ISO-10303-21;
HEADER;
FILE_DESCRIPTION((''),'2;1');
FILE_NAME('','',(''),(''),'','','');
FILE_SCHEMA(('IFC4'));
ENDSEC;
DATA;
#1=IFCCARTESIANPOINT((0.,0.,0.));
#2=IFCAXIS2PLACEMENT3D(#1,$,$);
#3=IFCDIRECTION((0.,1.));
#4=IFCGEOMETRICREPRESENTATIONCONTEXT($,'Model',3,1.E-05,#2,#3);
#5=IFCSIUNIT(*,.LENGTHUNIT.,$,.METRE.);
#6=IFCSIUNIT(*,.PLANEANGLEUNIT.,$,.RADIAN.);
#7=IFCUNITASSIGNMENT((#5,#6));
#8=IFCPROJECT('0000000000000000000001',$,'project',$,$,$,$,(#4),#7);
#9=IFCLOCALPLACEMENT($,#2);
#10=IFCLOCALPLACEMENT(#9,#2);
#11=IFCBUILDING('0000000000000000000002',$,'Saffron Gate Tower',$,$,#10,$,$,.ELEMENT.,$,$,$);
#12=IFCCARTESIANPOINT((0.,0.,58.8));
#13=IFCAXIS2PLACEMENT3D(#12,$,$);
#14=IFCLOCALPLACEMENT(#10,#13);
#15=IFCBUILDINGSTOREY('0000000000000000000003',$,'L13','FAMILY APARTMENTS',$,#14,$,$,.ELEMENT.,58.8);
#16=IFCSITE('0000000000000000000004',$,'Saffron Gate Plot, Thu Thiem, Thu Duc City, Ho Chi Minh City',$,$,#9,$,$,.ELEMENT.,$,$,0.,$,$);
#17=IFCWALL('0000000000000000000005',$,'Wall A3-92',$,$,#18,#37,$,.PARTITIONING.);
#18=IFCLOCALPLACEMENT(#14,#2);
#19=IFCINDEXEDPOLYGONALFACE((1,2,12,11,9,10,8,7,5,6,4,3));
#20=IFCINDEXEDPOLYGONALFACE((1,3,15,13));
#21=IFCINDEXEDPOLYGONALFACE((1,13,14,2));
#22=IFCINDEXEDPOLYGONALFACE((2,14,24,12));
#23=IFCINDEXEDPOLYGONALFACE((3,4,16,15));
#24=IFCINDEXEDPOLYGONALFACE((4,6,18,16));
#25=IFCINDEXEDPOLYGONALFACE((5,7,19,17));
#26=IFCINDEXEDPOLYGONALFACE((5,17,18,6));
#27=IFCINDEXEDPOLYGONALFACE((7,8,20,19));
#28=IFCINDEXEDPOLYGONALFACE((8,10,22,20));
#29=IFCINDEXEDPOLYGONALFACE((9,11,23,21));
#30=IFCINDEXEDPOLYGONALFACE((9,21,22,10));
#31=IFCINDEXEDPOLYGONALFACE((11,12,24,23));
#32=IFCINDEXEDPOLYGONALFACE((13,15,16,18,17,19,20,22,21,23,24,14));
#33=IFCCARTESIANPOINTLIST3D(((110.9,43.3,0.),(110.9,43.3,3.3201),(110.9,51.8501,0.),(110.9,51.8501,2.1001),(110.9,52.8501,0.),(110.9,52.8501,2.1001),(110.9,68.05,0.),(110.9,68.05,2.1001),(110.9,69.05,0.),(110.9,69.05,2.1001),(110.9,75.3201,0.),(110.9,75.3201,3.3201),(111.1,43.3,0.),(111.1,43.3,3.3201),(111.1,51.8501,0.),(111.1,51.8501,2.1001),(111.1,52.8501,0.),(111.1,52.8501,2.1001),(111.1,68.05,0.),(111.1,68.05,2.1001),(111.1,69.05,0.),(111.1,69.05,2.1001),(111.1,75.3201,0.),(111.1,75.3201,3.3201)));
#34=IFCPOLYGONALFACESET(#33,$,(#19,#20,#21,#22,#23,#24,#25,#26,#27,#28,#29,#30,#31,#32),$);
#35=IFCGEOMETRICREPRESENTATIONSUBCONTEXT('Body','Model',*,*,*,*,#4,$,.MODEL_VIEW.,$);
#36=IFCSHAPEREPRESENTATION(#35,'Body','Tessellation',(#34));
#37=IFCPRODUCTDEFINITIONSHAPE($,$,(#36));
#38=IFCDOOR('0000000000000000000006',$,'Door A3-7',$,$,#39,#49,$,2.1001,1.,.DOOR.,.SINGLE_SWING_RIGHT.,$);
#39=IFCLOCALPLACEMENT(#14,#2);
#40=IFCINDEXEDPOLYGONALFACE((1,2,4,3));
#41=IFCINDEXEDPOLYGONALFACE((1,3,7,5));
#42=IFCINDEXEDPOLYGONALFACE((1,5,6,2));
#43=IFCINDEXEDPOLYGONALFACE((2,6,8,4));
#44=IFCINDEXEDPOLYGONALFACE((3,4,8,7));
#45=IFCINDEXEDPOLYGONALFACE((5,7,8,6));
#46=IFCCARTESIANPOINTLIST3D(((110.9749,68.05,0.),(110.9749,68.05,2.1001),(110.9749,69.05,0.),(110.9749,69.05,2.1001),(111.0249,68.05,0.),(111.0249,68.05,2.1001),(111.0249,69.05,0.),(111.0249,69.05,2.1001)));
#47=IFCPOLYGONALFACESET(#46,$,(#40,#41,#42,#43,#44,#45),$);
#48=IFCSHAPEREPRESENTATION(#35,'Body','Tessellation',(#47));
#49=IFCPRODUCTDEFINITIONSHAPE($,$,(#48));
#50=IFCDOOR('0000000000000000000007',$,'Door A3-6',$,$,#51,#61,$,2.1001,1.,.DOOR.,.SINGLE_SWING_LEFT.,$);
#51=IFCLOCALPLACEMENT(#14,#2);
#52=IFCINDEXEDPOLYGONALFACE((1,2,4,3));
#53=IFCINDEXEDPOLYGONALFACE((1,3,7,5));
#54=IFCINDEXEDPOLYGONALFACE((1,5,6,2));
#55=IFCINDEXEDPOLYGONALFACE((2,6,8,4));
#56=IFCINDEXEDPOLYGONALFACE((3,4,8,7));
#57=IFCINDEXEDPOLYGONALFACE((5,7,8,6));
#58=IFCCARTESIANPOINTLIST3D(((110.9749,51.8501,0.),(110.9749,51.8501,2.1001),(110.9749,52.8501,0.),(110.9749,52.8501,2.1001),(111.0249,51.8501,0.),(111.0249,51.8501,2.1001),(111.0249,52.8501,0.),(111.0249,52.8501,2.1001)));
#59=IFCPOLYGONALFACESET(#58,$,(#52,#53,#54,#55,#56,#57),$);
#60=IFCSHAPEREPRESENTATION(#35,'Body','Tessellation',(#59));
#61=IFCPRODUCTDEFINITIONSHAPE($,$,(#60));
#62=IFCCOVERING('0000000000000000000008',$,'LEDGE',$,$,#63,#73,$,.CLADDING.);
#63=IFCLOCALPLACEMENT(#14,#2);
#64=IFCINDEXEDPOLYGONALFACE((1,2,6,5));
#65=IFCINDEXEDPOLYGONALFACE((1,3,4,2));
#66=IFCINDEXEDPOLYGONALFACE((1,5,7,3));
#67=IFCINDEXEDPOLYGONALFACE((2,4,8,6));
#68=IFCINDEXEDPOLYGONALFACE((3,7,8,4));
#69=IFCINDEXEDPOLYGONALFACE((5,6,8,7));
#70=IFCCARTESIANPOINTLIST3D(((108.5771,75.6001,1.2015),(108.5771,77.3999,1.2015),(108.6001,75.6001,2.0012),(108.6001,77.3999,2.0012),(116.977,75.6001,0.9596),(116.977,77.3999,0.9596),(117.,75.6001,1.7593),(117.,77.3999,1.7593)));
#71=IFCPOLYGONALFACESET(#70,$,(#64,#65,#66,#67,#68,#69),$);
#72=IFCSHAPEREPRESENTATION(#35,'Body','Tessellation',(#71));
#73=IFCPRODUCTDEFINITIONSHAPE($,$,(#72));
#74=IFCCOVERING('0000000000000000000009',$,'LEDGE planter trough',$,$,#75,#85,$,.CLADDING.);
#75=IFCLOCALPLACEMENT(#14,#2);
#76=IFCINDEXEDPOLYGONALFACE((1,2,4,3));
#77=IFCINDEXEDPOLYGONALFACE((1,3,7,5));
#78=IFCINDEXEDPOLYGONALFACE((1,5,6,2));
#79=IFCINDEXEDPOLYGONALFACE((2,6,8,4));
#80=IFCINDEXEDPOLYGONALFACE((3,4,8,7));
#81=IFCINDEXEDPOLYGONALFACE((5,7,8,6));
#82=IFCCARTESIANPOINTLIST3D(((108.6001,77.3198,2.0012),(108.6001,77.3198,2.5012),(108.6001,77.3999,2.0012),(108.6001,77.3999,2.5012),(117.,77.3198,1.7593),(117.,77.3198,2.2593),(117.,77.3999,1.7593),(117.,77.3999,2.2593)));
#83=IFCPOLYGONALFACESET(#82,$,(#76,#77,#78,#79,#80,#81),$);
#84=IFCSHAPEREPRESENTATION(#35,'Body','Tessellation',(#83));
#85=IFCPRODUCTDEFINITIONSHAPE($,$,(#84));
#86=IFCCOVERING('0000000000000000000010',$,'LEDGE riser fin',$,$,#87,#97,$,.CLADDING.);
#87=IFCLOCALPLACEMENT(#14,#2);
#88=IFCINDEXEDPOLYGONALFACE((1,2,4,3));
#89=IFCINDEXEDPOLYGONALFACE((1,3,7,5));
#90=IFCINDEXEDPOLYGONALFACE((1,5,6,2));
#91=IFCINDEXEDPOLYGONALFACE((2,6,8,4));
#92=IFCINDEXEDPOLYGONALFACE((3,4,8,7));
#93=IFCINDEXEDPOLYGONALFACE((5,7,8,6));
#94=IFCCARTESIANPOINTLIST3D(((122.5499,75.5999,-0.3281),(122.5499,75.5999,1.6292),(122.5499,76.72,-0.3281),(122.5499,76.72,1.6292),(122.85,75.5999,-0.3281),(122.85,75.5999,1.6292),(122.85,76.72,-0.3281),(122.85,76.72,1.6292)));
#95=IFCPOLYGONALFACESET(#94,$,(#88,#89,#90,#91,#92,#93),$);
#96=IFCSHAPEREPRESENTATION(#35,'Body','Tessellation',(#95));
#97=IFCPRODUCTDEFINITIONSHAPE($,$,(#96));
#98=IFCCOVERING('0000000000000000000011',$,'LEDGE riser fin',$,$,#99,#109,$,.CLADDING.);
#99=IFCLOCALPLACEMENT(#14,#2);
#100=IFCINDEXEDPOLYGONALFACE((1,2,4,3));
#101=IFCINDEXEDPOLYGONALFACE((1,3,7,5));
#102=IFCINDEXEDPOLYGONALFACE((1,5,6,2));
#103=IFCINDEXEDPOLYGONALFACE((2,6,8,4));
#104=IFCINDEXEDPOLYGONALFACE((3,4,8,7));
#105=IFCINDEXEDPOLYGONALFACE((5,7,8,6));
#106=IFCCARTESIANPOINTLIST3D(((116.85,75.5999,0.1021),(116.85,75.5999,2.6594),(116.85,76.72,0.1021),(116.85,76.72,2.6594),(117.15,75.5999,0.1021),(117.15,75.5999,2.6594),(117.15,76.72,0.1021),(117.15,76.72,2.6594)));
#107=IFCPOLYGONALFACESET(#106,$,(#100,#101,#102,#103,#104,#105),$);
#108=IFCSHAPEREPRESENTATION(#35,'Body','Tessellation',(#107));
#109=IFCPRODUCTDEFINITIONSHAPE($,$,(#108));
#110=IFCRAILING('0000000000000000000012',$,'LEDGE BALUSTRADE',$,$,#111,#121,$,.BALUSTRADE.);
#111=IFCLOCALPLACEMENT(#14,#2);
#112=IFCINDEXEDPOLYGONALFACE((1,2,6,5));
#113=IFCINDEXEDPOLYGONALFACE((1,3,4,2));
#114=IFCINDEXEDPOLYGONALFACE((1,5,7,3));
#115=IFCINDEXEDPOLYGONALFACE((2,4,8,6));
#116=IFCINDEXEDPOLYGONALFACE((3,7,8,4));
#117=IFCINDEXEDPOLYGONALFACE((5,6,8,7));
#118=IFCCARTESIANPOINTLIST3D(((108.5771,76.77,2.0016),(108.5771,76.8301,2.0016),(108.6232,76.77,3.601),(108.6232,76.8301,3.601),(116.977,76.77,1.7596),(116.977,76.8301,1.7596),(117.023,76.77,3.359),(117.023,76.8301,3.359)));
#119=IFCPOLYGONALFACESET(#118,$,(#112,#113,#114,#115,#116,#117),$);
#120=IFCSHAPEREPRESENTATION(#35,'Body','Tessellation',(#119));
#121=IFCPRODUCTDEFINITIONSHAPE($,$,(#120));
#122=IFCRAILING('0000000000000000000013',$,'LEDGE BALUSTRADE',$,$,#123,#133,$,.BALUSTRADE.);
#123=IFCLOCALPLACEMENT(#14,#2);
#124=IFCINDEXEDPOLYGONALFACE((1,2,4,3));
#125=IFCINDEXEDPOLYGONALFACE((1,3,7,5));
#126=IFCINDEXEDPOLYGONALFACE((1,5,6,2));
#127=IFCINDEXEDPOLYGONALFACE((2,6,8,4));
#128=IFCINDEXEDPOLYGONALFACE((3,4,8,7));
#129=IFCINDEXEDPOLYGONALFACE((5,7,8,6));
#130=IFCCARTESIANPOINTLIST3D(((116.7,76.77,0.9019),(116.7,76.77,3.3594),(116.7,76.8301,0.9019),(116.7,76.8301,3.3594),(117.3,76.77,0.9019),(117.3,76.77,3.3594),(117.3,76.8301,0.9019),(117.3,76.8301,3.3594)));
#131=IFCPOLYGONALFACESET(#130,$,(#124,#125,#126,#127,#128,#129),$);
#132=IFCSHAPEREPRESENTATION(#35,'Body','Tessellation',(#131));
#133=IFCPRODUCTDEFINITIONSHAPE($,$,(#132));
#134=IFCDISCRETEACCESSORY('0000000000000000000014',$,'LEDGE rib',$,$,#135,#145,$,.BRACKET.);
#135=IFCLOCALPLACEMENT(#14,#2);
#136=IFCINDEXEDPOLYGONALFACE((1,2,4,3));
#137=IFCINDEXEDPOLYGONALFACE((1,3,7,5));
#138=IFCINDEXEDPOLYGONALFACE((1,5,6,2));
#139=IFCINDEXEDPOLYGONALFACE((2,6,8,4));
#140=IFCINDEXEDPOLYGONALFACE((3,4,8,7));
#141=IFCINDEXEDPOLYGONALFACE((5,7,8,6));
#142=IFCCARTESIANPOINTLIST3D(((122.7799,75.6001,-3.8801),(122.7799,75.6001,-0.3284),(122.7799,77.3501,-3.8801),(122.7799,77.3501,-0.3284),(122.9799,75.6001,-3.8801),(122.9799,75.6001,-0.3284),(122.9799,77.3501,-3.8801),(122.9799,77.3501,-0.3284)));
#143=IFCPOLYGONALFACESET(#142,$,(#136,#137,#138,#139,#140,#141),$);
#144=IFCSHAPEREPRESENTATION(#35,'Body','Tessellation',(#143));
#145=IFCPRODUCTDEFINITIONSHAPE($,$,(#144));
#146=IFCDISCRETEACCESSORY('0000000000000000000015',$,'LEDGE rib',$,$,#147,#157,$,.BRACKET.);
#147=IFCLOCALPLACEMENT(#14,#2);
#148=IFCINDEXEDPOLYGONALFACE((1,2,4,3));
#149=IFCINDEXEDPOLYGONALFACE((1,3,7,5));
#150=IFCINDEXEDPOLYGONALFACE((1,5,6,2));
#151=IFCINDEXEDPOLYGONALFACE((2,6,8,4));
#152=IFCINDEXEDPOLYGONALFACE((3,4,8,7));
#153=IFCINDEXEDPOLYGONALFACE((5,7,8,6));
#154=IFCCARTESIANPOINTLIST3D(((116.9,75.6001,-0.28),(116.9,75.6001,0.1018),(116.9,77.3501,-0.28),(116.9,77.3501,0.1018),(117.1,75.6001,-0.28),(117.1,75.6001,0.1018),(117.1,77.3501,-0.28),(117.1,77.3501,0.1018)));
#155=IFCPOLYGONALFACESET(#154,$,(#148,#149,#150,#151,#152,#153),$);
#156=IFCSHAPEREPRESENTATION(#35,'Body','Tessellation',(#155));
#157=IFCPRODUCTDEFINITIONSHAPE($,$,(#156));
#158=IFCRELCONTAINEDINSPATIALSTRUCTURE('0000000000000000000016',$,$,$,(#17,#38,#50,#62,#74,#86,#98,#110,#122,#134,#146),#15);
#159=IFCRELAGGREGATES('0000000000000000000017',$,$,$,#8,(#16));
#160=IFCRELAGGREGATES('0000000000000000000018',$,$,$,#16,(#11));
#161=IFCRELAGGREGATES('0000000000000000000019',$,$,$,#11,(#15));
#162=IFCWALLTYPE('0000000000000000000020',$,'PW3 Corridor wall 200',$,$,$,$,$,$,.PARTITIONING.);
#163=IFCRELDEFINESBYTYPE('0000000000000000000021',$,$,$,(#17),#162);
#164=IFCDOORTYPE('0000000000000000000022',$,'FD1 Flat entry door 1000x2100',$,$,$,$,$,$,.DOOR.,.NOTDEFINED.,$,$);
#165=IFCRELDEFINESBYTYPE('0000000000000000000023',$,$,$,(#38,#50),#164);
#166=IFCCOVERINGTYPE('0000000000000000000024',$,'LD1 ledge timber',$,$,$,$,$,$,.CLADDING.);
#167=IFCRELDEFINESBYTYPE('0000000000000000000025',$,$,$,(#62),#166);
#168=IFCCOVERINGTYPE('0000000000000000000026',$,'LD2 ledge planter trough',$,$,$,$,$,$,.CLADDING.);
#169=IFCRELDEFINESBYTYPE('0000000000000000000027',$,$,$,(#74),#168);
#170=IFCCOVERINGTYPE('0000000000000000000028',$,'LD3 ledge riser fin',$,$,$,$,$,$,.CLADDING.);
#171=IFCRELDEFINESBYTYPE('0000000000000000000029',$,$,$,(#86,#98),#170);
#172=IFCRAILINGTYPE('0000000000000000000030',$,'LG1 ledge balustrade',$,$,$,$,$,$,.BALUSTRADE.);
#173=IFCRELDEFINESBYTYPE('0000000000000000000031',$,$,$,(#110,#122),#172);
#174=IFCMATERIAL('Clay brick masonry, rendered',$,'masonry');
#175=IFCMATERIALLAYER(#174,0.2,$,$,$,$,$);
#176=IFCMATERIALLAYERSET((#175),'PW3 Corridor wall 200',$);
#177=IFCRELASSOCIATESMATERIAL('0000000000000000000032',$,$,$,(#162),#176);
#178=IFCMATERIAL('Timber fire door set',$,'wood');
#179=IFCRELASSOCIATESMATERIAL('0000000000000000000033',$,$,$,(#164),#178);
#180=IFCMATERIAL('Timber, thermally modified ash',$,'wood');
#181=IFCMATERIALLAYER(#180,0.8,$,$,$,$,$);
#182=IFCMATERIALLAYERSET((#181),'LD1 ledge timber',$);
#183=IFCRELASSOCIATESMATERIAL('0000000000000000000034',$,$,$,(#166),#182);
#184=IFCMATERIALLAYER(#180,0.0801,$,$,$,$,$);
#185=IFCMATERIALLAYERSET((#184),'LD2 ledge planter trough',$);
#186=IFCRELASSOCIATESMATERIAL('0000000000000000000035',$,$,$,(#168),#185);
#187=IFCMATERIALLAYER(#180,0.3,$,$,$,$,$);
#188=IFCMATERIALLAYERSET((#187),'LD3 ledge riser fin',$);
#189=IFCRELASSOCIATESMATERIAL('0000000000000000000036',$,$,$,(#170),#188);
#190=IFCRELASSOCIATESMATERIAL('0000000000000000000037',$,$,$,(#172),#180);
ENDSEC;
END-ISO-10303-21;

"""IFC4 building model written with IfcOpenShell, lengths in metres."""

from ifc_helpers import new_model, si_unit, direction, frame, frame_2d, origin, origin_2d, place, context, subcontext, project, spatial, polyline, rectangle, outline, extrude, material, layer, layer_set, type_object, element, fill, save


model = new_model("IFC4")

# Units and contexts
model_context = context("Model", 3, precision=1e-05, world=origin(), true_north=direction((0.0, 1.0)))
body_context = subcontext(model_context, "Body", "Model", "MODEL_VIEW")
ifc_project = project(units=[si_unit("LENGTHUNIT", "METRE"), si_unit("PLANEANGLEUNIT", "RADIAN")], contexts=[model_context])

# Site, building, storey
site_placement = place(None, origin())
site = spatial("IfcSite", under=ifc_project, at=site_placement, Name="Saffron Gate Plot, Thu Thiem, Thu Duc City, Ho Chi Minh City", CompositionType="ELEMENT", RefElevation=0.0)
building_placement = place(site_placement, origin())
building = spatial("IfcBuilding", under=site, at=building_placement, Name="Saffron Gate Tower", CompositionType="ELEMENT")
storey_placement = place(building_placement, frame((0.0, 0.0, 58.8)))
storey = spatial("IfcBuildingStorey", under=building, at=storey_placement, Name="L13", Description="FAMILY APARTMENTS", CompositionType="ELEMENT", Elevation=58.8)

# Wall, openings, doors
ifc_material_1 = material(Name="Clay brick masonry, rendered", Category="masonry")
ifc_layer_1 = layer(ifc_material_1, 0.2)
ifc_layer_set_1 = layer_set([ifc_layer_1], Name="PW3 Corridor wall 200")
wall_type_1 = type_object("IfcWallType", Name="PW3 Corridor wall 200", PredefinedType="PARTITIONING", material=ifc_layer_set_1)
wall_1_placement = place(storey_placement, frame((111.0, 75.3201, 0.0), z_axis=(0.0, 0.0, 1.0), x_axis=(0.0, -1.0, 0.0)))
wall_1 = element("IfcWall", 1, at=wall_1_placement, inside=storey, type_object=wall_type_1, Name="Wall A3-92", PredefinedType="PARTITIONING", context=body_context, shape_type="SweptSolid", body=[
    extrude(rectangle(XDim=32.02, YDim=0.2, at=frame_2d((16.01, 0.0))), origin(), (0.0, 0.0, 1.0), 3.3201),
])
opening_1_placement = place(wall_1_placement, frame((6.27, 0.0, 0.0)))
opening_1 = element("IfcOpeningElement", 2, at=opening_1_placement, cuts=wall_1, PredefinedType="OPENING", context=body_context, shape_type="SweptSolid", body=[
    extrude(rectangle(XDim=1.0, YDim=2.1001, at=frame_2d((0.5, 1.05))), frame((0.0, 0.1099, 0.0), z_axis=(0.0, -1.0, 0.0), x_axis=(1.0, 0.0, 0.0)), (0.0, 0.0, 1.0), 0.22),
])
opening_2_placement = place(wall_1_placement, frame((22.47, 0.0, 0.0)))
opening_2 = element("IfcOpeningElement", 3, at=opening_2_placement, cuts=wall_1, PredefinedType="OPENING", context=body_context, shape_type="SweptSolid", body=[
    extrude(rectangle(XDim=1.0, YDim=2.1001, at=frame_2d((0.5, 1.05))), frame((0.0, 0.1099, 0.0), z_axis=(0.0, -1.0, 0.0), x_axis=(1.0, 0.0, 0.0)), (0.0, 0.0, 1.0), 0.22),
])
ifc_material_2 = material(Name="Timber fire door set", Category="wood")
door_type_1 = type_object("IfcDoorType", Name="FD1 Flat entry door 1000x2100", OperationType="NOTDEFINED", PredefinedType="DOOR", material=ifc_material_2)
door_1_placement = place(opening_1_placement, origin())
door_1 = element("IfcDoor", 4, at=door_1_placement, inside=storey, type_object=door_type_1, Name="Door A3-7", OperationType="SINGLE_SWING_RIGHT", OverallHeight=2.1001, OverallWidth=1.0, PredefinedType="DOOR", context=body_context, shape_type="SweptSolid", body=[
    extrude(rectangle(XDim=1.0, YDim=2.1001, at=frame_2d((0.5, 1.05))), frame((0.0, 0.0249, 0.0), z_axis=(0.0, -1.0, 0.0), x_axis=(1.0, 0.0, 0.0)), (0.0, 0.0, 1.0), 0.05),
])
fill(opening_1, door_1)
door_2_placement = place(opening_2_placement, origin())
door_2 = element("IfcDoor", 5, at=door_2_placement, inside=storey, type_object=door_type_1, Name="Door A3-6", OperationType="SINGLE_SWING_LEFT", OverallHeight=2.1001, OverallWidth=1.0, PredefinedType="DOOR", context=body_context, shape_type="SweptSolid", body=[
    extrude(rectangle(XDim=1.0, YDim=2.1001, at=frame_2d((0.5, 1.05))), frame((0.0, 0.0249, 0.0), z_axis=(0.0, -1.0, 0.0), x_axis=(1.0, 0.0, 0.0)), (0.0, 0.0, 1.0), 0.05),
])
fill(opening_2, door_2)

# Coverings
ifc_material_3 = material(Name="Timber, thermally modified ash", Category="wood")
ifc_layer_2 = layer(ifc_material_3, 0.8)
ifc_layer_set_2 = layer_set([ifc_layer_2], Name="LD1 ledge timber")
covering_type_1 = type_object("IfcCoveringType", Name="LD1 ledge timber", PredefinedType="CLADDING", material=ifc_layer_set_2)
covering_1_placement = place(storey_placement, frame((117.0, 75.6001, 1.7593), z_axis=(0.028791, 0.0, 0.999585), x_axis=(-0.999585, 0.0, 0.028791)))
element("IfcCovering", 6, at=covering_1_placement, inside=storey, type_object=covering_type_1, Name="LEDGE", PredefinedType="CLADDING", context=body_context, shape_type="SweptSolid", body=[
    extrude(outline(polyline([(0.0, 0.0), (8.4034, 0.0), (8.4034, -1.7998), (0.0, -1.7998), (0.0, 0.0)])), origin(), (0.0, 0.0, -1.0), 0.8),
])
ifc_layer_3 = layer(ifc_material_3, 0.0801)
ifc_layer_set_3 = layer_set([ifc_layer_3], Name="LD2 ledge planter trough")
covering_type_2 = type_object("IfcCoveringType", Name="LD2 ledge planter trough", PredefinedType="CLADDING", material=ifc_layer_set_3)
covering_2_placement = place(storey_placement, frame((117.0, 77.3999, 1.7593), z_axis=(0.0, 1.0, 0.0), x_axis=(-0.999585, 0.0, 0.028791)))
element("IfcCovering", 7, at=covering_2_placement, inside=storey, type_object=covering_type_2, Name="LEDGE planter trough", PredefinedType="CLADDING", context=body_context, shape_type="SweptSolid", body=[
    extrude(outline(polyline([(0.0, 0.0), (8.4034, 0.0), (8.4178, 0.4998), (0.0144, 0.4998), (0.0, 0.0)])), origin(), (0.0, 0.0, -1.0), 0.0801),
])
ifc_layer_4 = layer(ifc_material_3, 0.3)
ifc_layer_set_4 = layer_set([ifc_layer_4], Name="LD3 ledge riser fin")
covering_type_3 = type_object("IfcCoveringType", Name="LD3 ledge riser fin", PredefinedType="CLADDING", material=ifc_layer_set_4)
covering_3_placement = place(storey_placement, frame((122.7, 76.1599, -0.3281), z_axis=(0.0, 0.0, 1.0), x_axis=(-1.0, 0.0, 0.0)))
element("IfcCovering", 8, at=covering_3_placement, inside=storey, type_object=covering_type_3, Name="LEDGE riser fin", PredefinedType="CLADDING", context=body_context, shape_type="SweptSolid", body=[
    extrude(rectangle(XDim=0.3, YDim=1.1201, at=origin_2d()), origin(), (0.0, 0.0, 1.0), 1.9573),
])
covering_4_placement = place(storey_placement, frame((117.0, 76.1599, 0.1021), z_axis=(0.0, 0.0, 1.0), x_axis=(-1.0, 0.0, 0.0)))
element("IfcCovering", 9, at=covering_4_placement, inside=storey, type_object=covering_type_3, Name="LEDGE riser fin", PredefinedType="CLADDING", context=body_context, shape_type="SweptSolid", body=[
    extrude(rectangle(XDim=0.3, YDim=1.1201, at=origin_2d()), origin(), (0.0, 0.0, 1.0), 2.5574),
])

# Railings
railing_type = type_object("IfcRailingType", Name="LG1 ledge balustrade", PredefinedType="BALUSTRADE", material=ifc_material_3)
railing_1_placement = place(storey_placement, frame((117.0, 76.8, 1.7593)))
element("IfcRailing", 10, at=railing_1_placement, inside=storey, type_object=railing_type, Name="LEDGE BALUSTRADE", PredefinedType="BALUSTRADE", context=body_context, shape_type="SweptSolid", body=[
    extrude(rectangle(XDim=0.0601, YDim=1.6001, at=origin_2d()), frame((0.0, 0.0, 0.8), z_axis=(-0.999585, 0.0, 0.028791), x_axis=(0.0, -1.0, 0.0)), (0.0, 0.0, 1.0), 8.4033),
])
railing_2_placement = place(storey_placement, frame((117.3, 76.8, 0.9019)))
element("IfcRailing", 11, at=railing_2_placement, inside=storey, type_object=railing_type, Name="LEDGE BALUSTRADE", PredefinedType="BALUSTRADE", context=body_context, shape_type="SweptSolid", body=[
    extrude(rectangle(XDim=0.0601, YDim=2.4575, at=origin_2d()), frame((0.0, 0.0, 1.2288), z_axis=(-1.0, 0.0, 0.0), x_axis=(0.0, -1.0, 0.0)), (0.0, 0.0, 1.0), 0.6001),
])

# Discrete accessories
discrete_accessory_1_placement = place(storey_placement, frame((122.8799, 76.4751, -3.8801), z_axis=(0.0, 0.0, 1.0), x_axis=(-1.0, 0.0, 0.0)))
element("IfcDiscreteAccessory", 12, at=discrete_accessory_1_placement, inside=storey, Name="LEDGE rib", PredefinedType="BRACKET", context=body_context, shape_type="SweptSolid", body=[
    extrude(rectangle(XDim=0.2, YDim=1.75, at=origin_2d()), origin(), (0.0, 0.0, 1.0), 3.5518),
])
discrete_accessory_2_placement = place(storey_placement, frame((117.0, 76.4751, -0.28), z_axis=(0.0, 0.0, 1.0), x_axis=(-1.0, 0.0, 0.0)))
element("IfcDiscreteAccessory", 13, at=discrete_accessory_2_placement, inside=storey, Name="LEDGE rib", PredefinedType="BRACKET", context=body_context, shape_type="SweptSolid", body=[
    extrude(rectangle(XDim=0.2, YDim=1.75, at=origin_2d()), origin(), (0.0, 0.0, 1.0), 0.3818),
])

save(model, "model.ifc")
